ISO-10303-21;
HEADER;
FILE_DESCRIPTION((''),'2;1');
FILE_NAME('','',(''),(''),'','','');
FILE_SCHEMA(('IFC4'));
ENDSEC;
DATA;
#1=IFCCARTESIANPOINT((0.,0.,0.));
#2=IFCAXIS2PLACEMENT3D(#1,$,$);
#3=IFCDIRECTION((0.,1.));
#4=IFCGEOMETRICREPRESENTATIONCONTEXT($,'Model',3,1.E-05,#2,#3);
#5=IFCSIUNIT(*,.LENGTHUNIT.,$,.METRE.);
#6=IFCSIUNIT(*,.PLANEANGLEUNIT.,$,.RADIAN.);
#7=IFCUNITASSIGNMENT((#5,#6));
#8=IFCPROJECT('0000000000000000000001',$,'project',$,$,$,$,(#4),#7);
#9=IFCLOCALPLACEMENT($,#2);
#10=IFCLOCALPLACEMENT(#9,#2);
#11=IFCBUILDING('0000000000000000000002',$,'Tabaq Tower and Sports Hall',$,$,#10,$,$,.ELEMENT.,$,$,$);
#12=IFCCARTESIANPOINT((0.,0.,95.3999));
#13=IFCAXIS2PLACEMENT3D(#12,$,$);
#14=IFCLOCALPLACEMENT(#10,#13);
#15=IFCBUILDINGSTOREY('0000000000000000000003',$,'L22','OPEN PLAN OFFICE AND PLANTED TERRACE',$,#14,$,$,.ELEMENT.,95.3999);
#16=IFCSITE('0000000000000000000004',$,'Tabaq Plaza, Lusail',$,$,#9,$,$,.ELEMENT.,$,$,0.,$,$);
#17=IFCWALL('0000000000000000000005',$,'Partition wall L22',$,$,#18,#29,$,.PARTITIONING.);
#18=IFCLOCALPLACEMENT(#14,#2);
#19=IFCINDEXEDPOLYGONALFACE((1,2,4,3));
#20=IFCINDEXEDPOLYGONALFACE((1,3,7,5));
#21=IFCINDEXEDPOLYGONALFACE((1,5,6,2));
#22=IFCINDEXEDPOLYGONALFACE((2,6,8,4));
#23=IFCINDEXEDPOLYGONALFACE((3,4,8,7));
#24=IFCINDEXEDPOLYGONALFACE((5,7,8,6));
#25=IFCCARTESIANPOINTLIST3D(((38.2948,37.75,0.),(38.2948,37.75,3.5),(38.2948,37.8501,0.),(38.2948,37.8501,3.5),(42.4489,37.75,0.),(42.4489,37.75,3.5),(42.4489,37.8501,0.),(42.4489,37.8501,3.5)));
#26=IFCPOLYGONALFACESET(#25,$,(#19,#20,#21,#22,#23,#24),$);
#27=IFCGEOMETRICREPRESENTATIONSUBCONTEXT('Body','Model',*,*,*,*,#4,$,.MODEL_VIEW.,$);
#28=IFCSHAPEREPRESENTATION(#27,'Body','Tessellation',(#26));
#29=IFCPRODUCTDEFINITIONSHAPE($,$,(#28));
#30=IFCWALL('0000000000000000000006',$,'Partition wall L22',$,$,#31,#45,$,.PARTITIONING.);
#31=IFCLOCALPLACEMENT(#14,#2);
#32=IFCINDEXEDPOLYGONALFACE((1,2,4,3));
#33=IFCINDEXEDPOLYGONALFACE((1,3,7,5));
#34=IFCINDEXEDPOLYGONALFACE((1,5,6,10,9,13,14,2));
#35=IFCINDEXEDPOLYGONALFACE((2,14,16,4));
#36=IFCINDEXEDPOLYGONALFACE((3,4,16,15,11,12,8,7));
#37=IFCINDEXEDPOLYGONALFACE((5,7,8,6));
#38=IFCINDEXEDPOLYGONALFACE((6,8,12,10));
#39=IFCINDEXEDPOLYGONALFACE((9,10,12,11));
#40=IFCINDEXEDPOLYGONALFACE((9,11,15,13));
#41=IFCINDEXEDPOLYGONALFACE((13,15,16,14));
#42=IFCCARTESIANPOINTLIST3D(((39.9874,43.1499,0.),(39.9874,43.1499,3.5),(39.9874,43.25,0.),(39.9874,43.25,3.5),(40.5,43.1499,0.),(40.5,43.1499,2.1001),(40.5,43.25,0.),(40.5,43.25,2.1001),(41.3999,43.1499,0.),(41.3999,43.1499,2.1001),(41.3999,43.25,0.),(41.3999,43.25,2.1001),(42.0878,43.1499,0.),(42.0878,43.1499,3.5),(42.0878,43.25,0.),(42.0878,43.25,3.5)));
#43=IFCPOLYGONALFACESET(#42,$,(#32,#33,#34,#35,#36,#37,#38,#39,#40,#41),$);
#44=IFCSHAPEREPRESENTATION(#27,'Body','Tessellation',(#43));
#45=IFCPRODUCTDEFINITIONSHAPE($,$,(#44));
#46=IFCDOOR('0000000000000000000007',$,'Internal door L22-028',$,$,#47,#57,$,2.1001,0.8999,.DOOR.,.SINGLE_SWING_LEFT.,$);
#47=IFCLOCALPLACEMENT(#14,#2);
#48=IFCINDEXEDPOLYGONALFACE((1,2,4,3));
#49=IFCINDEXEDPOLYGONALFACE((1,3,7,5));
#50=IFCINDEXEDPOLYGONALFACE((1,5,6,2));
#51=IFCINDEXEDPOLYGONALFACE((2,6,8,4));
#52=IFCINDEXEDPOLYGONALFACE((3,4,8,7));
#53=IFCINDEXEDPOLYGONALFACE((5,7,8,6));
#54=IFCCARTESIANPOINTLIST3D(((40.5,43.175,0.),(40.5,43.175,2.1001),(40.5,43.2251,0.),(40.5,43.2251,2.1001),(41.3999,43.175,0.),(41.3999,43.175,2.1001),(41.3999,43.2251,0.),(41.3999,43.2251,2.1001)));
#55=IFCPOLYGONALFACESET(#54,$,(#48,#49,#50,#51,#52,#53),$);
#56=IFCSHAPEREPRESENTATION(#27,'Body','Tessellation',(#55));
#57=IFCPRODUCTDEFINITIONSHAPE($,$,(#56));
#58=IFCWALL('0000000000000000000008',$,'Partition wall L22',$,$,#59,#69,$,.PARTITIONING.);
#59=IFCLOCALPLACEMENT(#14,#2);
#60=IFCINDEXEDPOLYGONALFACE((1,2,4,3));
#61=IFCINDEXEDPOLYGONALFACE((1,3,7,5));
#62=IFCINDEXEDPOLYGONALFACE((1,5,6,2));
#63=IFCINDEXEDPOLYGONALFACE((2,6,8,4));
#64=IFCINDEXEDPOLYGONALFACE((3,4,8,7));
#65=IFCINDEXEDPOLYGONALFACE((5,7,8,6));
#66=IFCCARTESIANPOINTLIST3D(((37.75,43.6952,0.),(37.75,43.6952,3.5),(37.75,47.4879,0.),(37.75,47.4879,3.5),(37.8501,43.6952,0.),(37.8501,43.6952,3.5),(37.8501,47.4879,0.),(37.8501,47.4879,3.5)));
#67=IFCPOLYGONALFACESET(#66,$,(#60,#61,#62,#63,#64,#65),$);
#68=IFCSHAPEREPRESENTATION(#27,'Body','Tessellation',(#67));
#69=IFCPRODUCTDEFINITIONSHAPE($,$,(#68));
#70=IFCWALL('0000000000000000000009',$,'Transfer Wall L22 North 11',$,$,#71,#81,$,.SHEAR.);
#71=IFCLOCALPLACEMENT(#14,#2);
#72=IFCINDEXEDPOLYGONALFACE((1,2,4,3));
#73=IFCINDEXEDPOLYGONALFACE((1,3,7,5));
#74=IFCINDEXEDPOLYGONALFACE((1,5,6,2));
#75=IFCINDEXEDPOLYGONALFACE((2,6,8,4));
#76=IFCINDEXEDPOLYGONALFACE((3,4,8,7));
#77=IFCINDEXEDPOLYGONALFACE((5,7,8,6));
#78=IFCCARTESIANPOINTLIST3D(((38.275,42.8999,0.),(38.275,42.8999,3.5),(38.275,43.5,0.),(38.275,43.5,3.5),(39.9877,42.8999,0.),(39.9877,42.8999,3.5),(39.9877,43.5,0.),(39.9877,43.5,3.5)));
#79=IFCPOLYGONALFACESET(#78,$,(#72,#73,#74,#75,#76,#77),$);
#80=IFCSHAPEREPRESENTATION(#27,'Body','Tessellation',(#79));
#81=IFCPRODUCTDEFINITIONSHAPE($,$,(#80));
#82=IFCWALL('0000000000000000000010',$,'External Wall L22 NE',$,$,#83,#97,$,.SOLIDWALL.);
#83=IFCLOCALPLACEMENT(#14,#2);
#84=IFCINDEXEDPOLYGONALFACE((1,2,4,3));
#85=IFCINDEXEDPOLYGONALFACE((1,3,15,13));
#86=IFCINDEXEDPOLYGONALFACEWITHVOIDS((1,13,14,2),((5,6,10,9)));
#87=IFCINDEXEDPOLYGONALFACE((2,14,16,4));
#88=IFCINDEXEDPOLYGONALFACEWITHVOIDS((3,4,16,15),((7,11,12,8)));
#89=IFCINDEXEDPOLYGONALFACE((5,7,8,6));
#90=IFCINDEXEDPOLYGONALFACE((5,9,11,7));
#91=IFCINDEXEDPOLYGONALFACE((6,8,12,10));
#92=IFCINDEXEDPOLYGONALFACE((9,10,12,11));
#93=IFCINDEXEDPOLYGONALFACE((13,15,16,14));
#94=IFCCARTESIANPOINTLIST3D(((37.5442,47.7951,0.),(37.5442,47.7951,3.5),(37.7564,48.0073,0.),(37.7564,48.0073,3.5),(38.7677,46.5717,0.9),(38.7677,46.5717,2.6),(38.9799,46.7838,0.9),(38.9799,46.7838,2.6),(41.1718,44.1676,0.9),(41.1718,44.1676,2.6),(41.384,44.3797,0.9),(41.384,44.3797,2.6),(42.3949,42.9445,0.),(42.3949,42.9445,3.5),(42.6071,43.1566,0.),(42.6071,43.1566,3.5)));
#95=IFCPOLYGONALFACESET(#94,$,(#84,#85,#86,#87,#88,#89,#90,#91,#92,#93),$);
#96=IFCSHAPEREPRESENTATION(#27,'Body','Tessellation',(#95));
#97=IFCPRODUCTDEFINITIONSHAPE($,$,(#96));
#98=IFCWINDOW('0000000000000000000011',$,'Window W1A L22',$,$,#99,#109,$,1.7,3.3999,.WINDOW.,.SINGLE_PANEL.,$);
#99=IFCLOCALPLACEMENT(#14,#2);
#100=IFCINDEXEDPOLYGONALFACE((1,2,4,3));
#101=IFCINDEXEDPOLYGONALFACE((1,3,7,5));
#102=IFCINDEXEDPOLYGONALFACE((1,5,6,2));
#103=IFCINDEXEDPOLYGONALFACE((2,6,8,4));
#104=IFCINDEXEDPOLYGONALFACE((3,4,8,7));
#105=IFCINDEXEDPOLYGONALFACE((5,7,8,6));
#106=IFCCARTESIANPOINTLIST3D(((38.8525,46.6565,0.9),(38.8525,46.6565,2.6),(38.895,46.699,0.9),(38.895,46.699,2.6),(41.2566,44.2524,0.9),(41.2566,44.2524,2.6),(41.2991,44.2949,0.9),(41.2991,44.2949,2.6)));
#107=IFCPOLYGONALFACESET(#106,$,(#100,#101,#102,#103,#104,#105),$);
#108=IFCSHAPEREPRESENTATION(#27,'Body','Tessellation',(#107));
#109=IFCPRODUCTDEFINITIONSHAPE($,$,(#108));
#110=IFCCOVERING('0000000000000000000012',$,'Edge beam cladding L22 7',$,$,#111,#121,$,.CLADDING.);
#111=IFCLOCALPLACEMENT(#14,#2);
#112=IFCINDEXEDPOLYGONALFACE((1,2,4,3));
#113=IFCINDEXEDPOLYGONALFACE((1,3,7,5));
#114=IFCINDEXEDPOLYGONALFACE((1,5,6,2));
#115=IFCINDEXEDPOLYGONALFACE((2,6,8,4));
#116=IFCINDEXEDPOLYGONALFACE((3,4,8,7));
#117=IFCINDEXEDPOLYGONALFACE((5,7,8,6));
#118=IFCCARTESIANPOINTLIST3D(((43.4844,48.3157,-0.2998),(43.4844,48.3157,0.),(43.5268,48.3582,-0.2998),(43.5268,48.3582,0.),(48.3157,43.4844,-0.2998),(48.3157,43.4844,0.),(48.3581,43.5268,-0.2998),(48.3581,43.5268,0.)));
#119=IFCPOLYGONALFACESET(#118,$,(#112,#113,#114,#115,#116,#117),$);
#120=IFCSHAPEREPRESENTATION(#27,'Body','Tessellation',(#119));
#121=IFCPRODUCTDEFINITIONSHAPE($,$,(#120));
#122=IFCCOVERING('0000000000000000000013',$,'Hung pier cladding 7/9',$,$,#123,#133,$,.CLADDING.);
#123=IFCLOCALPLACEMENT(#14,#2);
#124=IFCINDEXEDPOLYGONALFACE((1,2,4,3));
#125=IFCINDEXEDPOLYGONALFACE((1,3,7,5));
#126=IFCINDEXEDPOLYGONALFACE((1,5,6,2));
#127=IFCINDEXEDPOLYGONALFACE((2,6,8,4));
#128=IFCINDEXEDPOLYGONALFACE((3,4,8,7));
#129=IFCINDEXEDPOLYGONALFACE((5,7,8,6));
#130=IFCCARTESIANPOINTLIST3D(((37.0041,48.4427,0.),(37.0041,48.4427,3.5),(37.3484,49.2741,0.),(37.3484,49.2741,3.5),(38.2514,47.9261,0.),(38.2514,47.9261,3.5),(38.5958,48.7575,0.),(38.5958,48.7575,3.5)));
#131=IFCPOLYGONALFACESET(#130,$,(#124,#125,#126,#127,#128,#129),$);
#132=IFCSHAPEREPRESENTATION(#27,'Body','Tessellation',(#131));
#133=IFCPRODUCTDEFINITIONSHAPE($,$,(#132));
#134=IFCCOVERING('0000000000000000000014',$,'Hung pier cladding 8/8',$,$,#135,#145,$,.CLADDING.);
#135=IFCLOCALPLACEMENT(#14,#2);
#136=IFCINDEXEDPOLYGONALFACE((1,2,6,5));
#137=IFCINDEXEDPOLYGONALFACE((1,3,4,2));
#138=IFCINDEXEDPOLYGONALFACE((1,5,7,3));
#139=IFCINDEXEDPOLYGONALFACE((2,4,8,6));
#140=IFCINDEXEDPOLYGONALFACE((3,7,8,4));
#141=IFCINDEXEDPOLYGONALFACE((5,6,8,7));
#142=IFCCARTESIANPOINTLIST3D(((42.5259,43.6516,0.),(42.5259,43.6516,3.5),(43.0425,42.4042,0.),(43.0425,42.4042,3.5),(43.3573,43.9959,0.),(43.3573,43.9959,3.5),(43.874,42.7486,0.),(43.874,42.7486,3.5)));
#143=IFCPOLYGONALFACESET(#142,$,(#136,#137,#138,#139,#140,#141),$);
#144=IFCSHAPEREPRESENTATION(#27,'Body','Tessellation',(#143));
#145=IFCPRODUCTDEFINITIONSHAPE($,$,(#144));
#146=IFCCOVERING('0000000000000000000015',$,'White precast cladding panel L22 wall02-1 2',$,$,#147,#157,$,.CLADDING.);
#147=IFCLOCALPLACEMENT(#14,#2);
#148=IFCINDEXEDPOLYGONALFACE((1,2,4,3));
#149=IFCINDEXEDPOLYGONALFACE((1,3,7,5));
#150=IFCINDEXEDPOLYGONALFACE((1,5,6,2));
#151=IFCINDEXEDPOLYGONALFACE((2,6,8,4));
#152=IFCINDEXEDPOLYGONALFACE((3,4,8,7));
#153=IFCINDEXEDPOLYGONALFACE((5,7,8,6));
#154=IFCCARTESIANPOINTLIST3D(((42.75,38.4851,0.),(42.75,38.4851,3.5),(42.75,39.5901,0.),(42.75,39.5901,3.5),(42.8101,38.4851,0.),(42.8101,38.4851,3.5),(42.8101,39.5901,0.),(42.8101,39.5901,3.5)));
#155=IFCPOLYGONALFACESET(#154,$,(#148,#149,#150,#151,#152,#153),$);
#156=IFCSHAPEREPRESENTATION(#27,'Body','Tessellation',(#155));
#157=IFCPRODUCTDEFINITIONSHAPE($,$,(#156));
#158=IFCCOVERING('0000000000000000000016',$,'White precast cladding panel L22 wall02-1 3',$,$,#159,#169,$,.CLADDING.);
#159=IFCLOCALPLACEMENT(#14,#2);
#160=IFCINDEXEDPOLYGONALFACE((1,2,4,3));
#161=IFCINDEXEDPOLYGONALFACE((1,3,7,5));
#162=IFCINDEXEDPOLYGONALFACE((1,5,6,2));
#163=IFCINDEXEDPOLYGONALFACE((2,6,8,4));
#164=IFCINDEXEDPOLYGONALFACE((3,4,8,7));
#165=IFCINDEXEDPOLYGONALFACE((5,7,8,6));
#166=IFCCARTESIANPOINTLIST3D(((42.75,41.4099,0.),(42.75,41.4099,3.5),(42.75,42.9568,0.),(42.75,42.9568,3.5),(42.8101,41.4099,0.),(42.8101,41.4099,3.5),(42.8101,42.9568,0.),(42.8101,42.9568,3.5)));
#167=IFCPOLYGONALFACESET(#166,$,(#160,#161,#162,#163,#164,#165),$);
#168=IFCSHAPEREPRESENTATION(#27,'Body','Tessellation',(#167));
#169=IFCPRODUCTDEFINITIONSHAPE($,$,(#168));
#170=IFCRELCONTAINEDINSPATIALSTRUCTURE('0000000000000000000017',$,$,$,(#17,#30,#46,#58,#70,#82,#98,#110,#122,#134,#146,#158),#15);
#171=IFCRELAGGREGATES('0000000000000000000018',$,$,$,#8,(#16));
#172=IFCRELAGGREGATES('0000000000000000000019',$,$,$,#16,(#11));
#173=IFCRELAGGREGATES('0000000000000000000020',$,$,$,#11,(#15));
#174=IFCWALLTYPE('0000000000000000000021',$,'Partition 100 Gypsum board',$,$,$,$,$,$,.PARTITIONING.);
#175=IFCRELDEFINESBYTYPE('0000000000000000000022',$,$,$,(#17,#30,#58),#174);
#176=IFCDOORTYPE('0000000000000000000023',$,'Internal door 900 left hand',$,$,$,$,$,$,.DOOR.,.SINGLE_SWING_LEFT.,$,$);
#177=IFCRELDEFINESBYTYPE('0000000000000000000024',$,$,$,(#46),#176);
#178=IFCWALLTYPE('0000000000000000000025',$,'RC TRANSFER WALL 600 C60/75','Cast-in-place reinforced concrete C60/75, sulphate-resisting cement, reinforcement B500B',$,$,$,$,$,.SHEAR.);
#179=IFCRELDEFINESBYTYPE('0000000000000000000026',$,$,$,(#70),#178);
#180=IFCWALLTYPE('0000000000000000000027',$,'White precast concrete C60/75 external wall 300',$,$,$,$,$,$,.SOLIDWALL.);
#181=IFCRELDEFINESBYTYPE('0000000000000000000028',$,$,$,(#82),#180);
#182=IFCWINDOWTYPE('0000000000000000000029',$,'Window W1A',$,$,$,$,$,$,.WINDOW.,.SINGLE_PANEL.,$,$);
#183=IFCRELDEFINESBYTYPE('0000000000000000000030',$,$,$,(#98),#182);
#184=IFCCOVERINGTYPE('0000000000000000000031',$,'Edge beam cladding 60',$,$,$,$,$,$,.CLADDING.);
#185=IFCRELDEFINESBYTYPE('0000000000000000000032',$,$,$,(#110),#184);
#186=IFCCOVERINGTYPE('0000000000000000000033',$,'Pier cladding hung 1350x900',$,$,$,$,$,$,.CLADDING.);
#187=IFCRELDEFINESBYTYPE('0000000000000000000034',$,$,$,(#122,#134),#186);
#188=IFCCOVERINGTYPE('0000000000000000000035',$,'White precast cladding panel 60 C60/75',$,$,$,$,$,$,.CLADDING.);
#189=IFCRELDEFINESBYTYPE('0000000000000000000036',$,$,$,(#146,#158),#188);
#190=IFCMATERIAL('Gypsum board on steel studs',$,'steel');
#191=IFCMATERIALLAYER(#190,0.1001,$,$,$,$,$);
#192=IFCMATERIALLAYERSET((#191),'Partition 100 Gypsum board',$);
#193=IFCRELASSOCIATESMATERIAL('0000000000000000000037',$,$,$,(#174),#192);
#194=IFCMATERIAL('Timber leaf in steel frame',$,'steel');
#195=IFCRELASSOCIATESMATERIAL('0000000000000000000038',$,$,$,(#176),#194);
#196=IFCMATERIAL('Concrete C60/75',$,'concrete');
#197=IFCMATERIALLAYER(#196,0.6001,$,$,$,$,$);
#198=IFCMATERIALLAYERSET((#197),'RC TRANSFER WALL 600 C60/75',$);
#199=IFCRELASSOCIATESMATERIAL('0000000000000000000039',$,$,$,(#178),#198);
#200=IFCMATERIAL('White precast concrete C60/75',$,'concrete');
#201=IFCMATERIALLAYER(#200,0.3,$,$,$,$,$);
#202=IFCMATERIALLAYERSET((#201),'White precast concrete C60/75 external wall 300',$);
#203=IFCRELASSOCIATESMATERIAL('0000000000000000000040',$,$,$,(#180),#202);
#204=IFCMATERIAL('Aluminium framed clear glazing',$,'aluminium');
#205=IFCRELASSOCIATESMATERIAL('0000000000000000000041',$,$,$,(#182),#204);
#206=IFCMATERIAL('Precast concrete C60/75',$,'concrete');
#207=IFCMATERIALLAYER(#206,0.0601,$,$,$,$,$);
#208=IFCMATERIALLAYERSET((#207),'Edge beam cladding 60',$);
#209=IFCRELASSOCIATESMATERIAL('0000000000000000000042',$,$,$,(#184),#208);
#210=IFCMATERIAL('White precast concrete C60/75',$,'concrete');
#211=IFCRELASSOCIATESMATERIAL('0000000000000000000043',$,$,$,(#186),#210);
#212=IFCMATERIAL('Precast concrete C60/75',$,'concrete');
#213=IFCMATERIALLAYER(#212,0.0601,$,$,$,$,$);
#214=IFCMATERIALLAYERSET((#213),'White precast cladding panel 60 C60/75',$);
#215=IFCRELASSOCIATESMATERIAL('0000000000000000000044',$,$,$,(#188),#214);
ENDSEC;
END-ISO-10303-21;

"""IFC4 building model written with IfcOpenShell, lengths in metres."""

from ifc_helpers import new_model, si_unit, direction, frame, frame_2d, origin, place, context, subcontext, project, spatial, rectangle, extrude, material, layer, layer_set, type_object, element, fill, save


model = new_model("IFC4")

# Units and contexts
model_context = context("Model", 3, precision=1e-05, world=origin(), true_north=direction((0.0, 1.0)))
body_context = subcontext(model_context, "Body", "Model", "MODEL_VIEW")
ifc_project = project(units=[si_unit("LENGTHUNIT", "METRE"), si_unit("PLANEANGLEUNIT", "RADIAN")], contexts=[model_context])

# Site, building, storey
site_placement = place(None, origin())
site = spatial("IfcSite", under=ifc_project, at=site_placement, Name="Tabaq Plaza, Lusail", CompositionType="ELEMENT", RefElevation=0.0)
building_placement = place(site_placement, origin())
building = spatial("IfcBuilding", under=site, at=building_placement, Name="Tabaq Tower and Sports Hall", CompositionType="ELEMENT")
storey_placement = place(building_placement, frame((0.0, 0.0, 95.3999)))
storey = spatial("IfcBuildingStorey", under=building, at=storey_placement, Name="L22", Description="OPEN PLAN OFFICE AND PLANTED TERRACE", CompositionType="ELEMENT", Elevation=95.3999)

# Wall
ifc_material_1 = material(Name="Gypsum board on steel studs", Category="steel")
ifc_layer_1 = layer(ifc_material_1, 0.1001)
ifc_layer_set_1 = layer_set([ifc_layer_1], Name="Partition 100 Gypsum board")
wall_type_1 = type_object("IfcWallType", Name="Partition 100 Gypsum board", PredefinedType="PARTITIONING", material=ifc_layer_set_1)
wall_1_placement = place(storey_placement, frame((42.449, 37.8, 0.0), z_axis=(0.0, 0.0, 1.0), x_axis=(-1.0, 0.0, 0.0)))
element("IfcWall", 1, at=wall_1_placement, inside=storey, type_object=wall_type_1, Name="Partition wall L22", PredefinedType="PARTITIONING", context=body_context, shape_type="SweptSolid", body=[
    extrude(rectangle(XDim=4.1541, YDim=0.1001, at=frame_2d((2.0771, 0.0))), origin(), (0.0, 0.0, 1.0), 3.5),
])

# Wall, opening, door
wall_2_placement = place(storey_placement, frame((42.0879, 43.2, 0.0), z_axis=(0.0, 0.0, 1.0), x_axis=(-1.0, 0.0, 0.0)))
wall_2 = element("IfcWall", 2, at=wall_2_placement, inside=storey, type_object=wall_type_1, Name="Partition wall L22", PredefinedType="PARTITIONING", context=body_context, shape_type="SweptSolid", body=[
    extrude(rectangle(XDim=2.1003, YDim=0.1001, at=frame_2d((1.0503, 0.0))), origin(), (0.0, 0.0, 1.0), 3.5),
])
opening_1_placement = place(wall_2_placement, frame((0.688, 0.0, 0.0)))
opening_1 = element("IfcOpeningElement", 3, at=opening_1_placement, cuts=wall_2, PredefinedType="OPENING", context=body_context, shape_type="SweptSolid", body=[
    extrude(rectangle(XDim=0.8999, YDim=2.1001, at=frame_2d((0.45, 1.05))), frame((0.0, 0.05, 0.0), z_axis=(0.0, -1.0, 0.0), x_axis=(1.0, 0.0, 0.0)), (0.0, 0.0, 1.0), 0.1001),
])
ifc_material_2 = material(Name="Timber leaf in steel frame", Category="steel")
door_type = type_object("IfcDoorType", Name="Internal door 900 left hand", OperationType="SINGLE_SWING_LEFT", PredefinedType="DOOR", material=ifc_material_2)
door_placement = place(opening_1_placement, origin())
door = element("IfcDoor", 4, at=door_placement, inside=storey, type_object=door_type, Name="Internal door L22-028", OperationType="SINGLE_SWING_LEFT", OverallHeight=2.1001, OverallWidth=0.8999, PredefinedType="DOOR", context=body_context, shape_type="SweptSolid", body=[
    extrude(rectangle(XDim=0.8999, YDim=2.1001, at=frame_2d((0.45, 1.05))), frame((0.0, 0.0249, 0.0), z_axis=(0.0, -1.0, 0.0), x_axis=(1.0, 0.0, 0.0)), (0.0, 0.0, 1.0), 0.05),
])
fill(opening_1, door)

# Walls
wall_3_placement = place(storey_placement, frame((37.8, 43.6951, 0.0), z_axis=(0.0, 0.0, 1.0), x_axis=(0.0, 1.0, 0.0)))
element("IfcWall", 5, at=wall_3_placement, inside=storey, type_object=wall_type_1, Name="Partition wall L22", PredefinedType="PARTITIONING", context=body_context, shape_type="SweptSolid", body=[
    extrude(rectangle(XDim=3.7927, YDim=0.1001, at=frame_2d((1.8965, 0.0))), origin(), (0.0, 0.0, 1.0), 3.5),
])
ifc_material_3 = material(Name="Concrete C60/75", Category="concrete")
ifc_layer_2 = layer(ifc_material_3, 0.6001)
ifc_layer_set_2 = layer_set([ifc_layer_2], Name="RC TRANSFER WALL 600 C60/75")
wall_type_2 = type_object("IfcWallType", Name="RC TRANSFER WALL 600 C60/75", Description="Cast-in-place reinforced concrete C60/75, sulphate-resisting cement, reinforcement B500B", PredefinedType="SHEAR", material=ifc_layer_set_2)
wall_4_placement = place(storey_placement, frame((38.2749, 43.2, 0.0), z_axis=(0.0, 0.0, 1.0), x_axis=(1.0, 0.0, 0.0)))
element("IfcWall", 6, at=wall_4_placement, inside=storey, type_object=wall_type_2, Name="Transfer Wall L22 North 11", PredefinedType="SHEAR", context=body_context, shape_type="SweptSolid", body=[
    extrude(rectangle(XDim=1.7126, YDim=0.6001, at=frame_2d((0.8564, 0.0))), origin(), (0.0, 0.0, 1.0), 3.5),
])

# Wall, opening, window
ifc_material_4 = material(Name="White precast concrete C60/75", Category="concrete")
ifc_layer_3 = layer(ifc_material_4, 0.3)
ifc_layer_set_3 = layer_set([ifc_layer_3], Name="White precast concrete C60/75 external wall 300")
wall_type_3 = type_object("IfcWallType", Name="White precast concrete C60/75 external wall 300", PredefinedType="SOLIDWALL", material=ifc_layer_set_3)
wall_5_placement = place(storey_placement, frame((42.501, 43.0505, 0.0), z_axis=(0.0, 0.0, 1.0), x_axis=(-0.707107, 0.707107, 0.0)))
wall_5 = element("IfcWall", 7, at=wall_5_placement, inside=storey, type_object=wall_type_3, Name="External Wall L22 NE", PredefinedType="SOLIDWALL", context=body_context, shape_type="SweptSolid", body=[
    extrude(rectangle(XDim=6.8599, YDim=0.3, at=frame_2d((3.4299, 0.0))), origin(), (0.0, 0.0, 1.0), 3.5),
])
opening_2_placement = place(wall_5_placement, frame((1.7297, 0.0, 0.8999)))
opening_2 = element("IfcOpeningElement", 8, at=opening_2_placement, cuts=wall_5, PredefinedType="OPENING", context=body_context, shape_type="SweptSolid", body=[
    extrude(rectangle(XDim=3.3999, YDim=1.7, at=frame_2d((1.7, 0.8501))), frame((0.0, 0.1602, 0.0), z_axis=(0.0, -1.0, 0.0), x_axis=(1.0, 0.0, 0.0)), (0.0, 0.0, 1.0), 0.3201),
])
ifc_material_5 = material(Name="Aluminium framed clear glazing", Category="aluminium")
window_type = type_object("IfcWindowType", Name="Window W1A", PartitioningType="SINGLE_PANEL", PredefinedType="WINDOW", material=ifc_material_5)
window_placement = place(opening_2_placement, origin())
window = element("IfcWindow", 9, at=window_placement, inside=storey, type_object=window_type, Name="Window W1A L22", OverallHeight=1.7, OverallWidth=3.3999, PartitioningType="SINGLE_PANEL", PredefinedType="WINDOW", context=body_context, shape_type="SweptSolid", body=[
    extrude(rectangle(XDim=3.3999, YDim=1.7, at=frame_2d((1.7, 0.8501))), frame((0.0, 0.03, 0.0), z_axis=(0.0, -1.0, 0.0), x_axis=(1.0, 0.0, 0.0)), (0.0, 0.0, 1.0), 0.0601),
])
fill(opening_2, window)

# Covering
ifc_material_6 = material(Name="Precast concrete C60/75", Category="concrete")
ifc_layer_4 = layer(ifc_material_6, 0.0601)
ifc_layer_set_4 = layer_set([ifc_layer_4], Name="Edge beam cladding 60")
covering_type_1 = type_object("IfcCoveringType", Name="Edge beam cladding 60", PredefinedType="CLADDING", material=ifc_layer_set_4)
covering_1_placement = place(storey_placement, frame((48.3369, 43.5056, -0.2998), z_axis=(0.0, 0.0, 1.0), x_axis=(-0.707107, 0.707107, 0.0)))
element("IfcCovering", 10, at=covering_1_placement, inside=storey, type_object=covering_type_1, Name="Edge beam cladding L22 7", PredefinedType="CLADDING", context=body_context, shape_type="SweptSolid", body=[
    extrude(rectangle(XDim=6.8325, YDim=0.0601, at=frame_2d((3.4163, 0.0))), origin(), (0.0, 0.0, 1.0), 0.2998),
])

# Coverings
ifc_material_7 = material(Name="White precast concrete C60/75", Category="concrete")
covering_type_2 = type_object("IfcCoveringType", Name="Pier cladding hung 1350x900", PredefinedType="CLADDING", material=ifc_material_7)
for number, where, z_axis, x_axis, name in (
    (11, (38.4236, 48.3418, 0.0), (0.0, 0.0, 1.0), (-0.923893, 0.38265, 0.0), "Hung pier cladding 7/9"),
    (12, (43.4583, 42.5764, 0.0), (0.0, 0.0, 1.0), (-0.38265, 0.923893, 0.0), "Hung pier cladding 8/8"),
):
    element("IfcCovering", number, at=place(storey_placement, frame(where, z_axis=z_axis, x_axis=x_axis)), inside=storey, type_object=covering_type_2, Name=name, PredefinedType="CLADDING", context=body_context, shape_type="SweptSolid", body=[
        extrude(rectangle(XDim=1.3501, YDim=0.8999, at=frame_2d((0.675, 0.0))), origin(), (0.0, 0.0, 1.0), 3.5),
    ])
ifc_material_8 = material(Name="Precast concrete C60/75", Category="concrete")
ifc_layer_5 = layer(ifc_material_8, 0.0601)
ifc_layer_set_5 = layer_set([ifc_layer_5], Name="White precast cladding panel 60 C60/75")
covering_type_3 = type_object("IfcCoveringType", Name="White precast cladding panel 60 C60/75", PredefinedType="CLADDING", material=ifc_layer_set_5)
covering_2_placement = place(storey_placement, frame((42.78, 38.4851, 0.0), z_axis=(0.0, 0.0, 1.0), x_axis=(0.0, 1.0, 0.0)))
element("IfcCovering", 13, at=covering_2_placement, inside=storey, type_object=covering_type_3, Name="White precast cladding panel L22 wall02-1 2", PredefinedType="CLADDING", context=body_context, shape_type="SweptSolid", body=[
    extrude(rectangle(XDim=1.105, YDim=0.0601, at=frame_2d((0.5525, 0.0))), origin(), (0.0, 0.0, 1.0), 3.5),
])
covering_3_placement = place(storey_placement, frame((42.78, 41.4099, 0.0), z_axis=(0.0, 0.0, 1.0), x_axis=(0.0, 1.0, 0.0)))
element("IfcCovering", 14, at=covering_3_placement, inside=storey, type_object=covering_type_3, Name="White precast cladding panel L22 wall02-1 3", PredefinedType="CLADDING", context=body_context, shape_type="SweptSolid", body=[
    extrude(rectangle(XDim=1.5469, YDim=0.0601, at=frame_2d((0.7734, 0.0))), origin(), (0.0, 0.0, 1.0), 3.5),
])

save(model, "model.ifc")
